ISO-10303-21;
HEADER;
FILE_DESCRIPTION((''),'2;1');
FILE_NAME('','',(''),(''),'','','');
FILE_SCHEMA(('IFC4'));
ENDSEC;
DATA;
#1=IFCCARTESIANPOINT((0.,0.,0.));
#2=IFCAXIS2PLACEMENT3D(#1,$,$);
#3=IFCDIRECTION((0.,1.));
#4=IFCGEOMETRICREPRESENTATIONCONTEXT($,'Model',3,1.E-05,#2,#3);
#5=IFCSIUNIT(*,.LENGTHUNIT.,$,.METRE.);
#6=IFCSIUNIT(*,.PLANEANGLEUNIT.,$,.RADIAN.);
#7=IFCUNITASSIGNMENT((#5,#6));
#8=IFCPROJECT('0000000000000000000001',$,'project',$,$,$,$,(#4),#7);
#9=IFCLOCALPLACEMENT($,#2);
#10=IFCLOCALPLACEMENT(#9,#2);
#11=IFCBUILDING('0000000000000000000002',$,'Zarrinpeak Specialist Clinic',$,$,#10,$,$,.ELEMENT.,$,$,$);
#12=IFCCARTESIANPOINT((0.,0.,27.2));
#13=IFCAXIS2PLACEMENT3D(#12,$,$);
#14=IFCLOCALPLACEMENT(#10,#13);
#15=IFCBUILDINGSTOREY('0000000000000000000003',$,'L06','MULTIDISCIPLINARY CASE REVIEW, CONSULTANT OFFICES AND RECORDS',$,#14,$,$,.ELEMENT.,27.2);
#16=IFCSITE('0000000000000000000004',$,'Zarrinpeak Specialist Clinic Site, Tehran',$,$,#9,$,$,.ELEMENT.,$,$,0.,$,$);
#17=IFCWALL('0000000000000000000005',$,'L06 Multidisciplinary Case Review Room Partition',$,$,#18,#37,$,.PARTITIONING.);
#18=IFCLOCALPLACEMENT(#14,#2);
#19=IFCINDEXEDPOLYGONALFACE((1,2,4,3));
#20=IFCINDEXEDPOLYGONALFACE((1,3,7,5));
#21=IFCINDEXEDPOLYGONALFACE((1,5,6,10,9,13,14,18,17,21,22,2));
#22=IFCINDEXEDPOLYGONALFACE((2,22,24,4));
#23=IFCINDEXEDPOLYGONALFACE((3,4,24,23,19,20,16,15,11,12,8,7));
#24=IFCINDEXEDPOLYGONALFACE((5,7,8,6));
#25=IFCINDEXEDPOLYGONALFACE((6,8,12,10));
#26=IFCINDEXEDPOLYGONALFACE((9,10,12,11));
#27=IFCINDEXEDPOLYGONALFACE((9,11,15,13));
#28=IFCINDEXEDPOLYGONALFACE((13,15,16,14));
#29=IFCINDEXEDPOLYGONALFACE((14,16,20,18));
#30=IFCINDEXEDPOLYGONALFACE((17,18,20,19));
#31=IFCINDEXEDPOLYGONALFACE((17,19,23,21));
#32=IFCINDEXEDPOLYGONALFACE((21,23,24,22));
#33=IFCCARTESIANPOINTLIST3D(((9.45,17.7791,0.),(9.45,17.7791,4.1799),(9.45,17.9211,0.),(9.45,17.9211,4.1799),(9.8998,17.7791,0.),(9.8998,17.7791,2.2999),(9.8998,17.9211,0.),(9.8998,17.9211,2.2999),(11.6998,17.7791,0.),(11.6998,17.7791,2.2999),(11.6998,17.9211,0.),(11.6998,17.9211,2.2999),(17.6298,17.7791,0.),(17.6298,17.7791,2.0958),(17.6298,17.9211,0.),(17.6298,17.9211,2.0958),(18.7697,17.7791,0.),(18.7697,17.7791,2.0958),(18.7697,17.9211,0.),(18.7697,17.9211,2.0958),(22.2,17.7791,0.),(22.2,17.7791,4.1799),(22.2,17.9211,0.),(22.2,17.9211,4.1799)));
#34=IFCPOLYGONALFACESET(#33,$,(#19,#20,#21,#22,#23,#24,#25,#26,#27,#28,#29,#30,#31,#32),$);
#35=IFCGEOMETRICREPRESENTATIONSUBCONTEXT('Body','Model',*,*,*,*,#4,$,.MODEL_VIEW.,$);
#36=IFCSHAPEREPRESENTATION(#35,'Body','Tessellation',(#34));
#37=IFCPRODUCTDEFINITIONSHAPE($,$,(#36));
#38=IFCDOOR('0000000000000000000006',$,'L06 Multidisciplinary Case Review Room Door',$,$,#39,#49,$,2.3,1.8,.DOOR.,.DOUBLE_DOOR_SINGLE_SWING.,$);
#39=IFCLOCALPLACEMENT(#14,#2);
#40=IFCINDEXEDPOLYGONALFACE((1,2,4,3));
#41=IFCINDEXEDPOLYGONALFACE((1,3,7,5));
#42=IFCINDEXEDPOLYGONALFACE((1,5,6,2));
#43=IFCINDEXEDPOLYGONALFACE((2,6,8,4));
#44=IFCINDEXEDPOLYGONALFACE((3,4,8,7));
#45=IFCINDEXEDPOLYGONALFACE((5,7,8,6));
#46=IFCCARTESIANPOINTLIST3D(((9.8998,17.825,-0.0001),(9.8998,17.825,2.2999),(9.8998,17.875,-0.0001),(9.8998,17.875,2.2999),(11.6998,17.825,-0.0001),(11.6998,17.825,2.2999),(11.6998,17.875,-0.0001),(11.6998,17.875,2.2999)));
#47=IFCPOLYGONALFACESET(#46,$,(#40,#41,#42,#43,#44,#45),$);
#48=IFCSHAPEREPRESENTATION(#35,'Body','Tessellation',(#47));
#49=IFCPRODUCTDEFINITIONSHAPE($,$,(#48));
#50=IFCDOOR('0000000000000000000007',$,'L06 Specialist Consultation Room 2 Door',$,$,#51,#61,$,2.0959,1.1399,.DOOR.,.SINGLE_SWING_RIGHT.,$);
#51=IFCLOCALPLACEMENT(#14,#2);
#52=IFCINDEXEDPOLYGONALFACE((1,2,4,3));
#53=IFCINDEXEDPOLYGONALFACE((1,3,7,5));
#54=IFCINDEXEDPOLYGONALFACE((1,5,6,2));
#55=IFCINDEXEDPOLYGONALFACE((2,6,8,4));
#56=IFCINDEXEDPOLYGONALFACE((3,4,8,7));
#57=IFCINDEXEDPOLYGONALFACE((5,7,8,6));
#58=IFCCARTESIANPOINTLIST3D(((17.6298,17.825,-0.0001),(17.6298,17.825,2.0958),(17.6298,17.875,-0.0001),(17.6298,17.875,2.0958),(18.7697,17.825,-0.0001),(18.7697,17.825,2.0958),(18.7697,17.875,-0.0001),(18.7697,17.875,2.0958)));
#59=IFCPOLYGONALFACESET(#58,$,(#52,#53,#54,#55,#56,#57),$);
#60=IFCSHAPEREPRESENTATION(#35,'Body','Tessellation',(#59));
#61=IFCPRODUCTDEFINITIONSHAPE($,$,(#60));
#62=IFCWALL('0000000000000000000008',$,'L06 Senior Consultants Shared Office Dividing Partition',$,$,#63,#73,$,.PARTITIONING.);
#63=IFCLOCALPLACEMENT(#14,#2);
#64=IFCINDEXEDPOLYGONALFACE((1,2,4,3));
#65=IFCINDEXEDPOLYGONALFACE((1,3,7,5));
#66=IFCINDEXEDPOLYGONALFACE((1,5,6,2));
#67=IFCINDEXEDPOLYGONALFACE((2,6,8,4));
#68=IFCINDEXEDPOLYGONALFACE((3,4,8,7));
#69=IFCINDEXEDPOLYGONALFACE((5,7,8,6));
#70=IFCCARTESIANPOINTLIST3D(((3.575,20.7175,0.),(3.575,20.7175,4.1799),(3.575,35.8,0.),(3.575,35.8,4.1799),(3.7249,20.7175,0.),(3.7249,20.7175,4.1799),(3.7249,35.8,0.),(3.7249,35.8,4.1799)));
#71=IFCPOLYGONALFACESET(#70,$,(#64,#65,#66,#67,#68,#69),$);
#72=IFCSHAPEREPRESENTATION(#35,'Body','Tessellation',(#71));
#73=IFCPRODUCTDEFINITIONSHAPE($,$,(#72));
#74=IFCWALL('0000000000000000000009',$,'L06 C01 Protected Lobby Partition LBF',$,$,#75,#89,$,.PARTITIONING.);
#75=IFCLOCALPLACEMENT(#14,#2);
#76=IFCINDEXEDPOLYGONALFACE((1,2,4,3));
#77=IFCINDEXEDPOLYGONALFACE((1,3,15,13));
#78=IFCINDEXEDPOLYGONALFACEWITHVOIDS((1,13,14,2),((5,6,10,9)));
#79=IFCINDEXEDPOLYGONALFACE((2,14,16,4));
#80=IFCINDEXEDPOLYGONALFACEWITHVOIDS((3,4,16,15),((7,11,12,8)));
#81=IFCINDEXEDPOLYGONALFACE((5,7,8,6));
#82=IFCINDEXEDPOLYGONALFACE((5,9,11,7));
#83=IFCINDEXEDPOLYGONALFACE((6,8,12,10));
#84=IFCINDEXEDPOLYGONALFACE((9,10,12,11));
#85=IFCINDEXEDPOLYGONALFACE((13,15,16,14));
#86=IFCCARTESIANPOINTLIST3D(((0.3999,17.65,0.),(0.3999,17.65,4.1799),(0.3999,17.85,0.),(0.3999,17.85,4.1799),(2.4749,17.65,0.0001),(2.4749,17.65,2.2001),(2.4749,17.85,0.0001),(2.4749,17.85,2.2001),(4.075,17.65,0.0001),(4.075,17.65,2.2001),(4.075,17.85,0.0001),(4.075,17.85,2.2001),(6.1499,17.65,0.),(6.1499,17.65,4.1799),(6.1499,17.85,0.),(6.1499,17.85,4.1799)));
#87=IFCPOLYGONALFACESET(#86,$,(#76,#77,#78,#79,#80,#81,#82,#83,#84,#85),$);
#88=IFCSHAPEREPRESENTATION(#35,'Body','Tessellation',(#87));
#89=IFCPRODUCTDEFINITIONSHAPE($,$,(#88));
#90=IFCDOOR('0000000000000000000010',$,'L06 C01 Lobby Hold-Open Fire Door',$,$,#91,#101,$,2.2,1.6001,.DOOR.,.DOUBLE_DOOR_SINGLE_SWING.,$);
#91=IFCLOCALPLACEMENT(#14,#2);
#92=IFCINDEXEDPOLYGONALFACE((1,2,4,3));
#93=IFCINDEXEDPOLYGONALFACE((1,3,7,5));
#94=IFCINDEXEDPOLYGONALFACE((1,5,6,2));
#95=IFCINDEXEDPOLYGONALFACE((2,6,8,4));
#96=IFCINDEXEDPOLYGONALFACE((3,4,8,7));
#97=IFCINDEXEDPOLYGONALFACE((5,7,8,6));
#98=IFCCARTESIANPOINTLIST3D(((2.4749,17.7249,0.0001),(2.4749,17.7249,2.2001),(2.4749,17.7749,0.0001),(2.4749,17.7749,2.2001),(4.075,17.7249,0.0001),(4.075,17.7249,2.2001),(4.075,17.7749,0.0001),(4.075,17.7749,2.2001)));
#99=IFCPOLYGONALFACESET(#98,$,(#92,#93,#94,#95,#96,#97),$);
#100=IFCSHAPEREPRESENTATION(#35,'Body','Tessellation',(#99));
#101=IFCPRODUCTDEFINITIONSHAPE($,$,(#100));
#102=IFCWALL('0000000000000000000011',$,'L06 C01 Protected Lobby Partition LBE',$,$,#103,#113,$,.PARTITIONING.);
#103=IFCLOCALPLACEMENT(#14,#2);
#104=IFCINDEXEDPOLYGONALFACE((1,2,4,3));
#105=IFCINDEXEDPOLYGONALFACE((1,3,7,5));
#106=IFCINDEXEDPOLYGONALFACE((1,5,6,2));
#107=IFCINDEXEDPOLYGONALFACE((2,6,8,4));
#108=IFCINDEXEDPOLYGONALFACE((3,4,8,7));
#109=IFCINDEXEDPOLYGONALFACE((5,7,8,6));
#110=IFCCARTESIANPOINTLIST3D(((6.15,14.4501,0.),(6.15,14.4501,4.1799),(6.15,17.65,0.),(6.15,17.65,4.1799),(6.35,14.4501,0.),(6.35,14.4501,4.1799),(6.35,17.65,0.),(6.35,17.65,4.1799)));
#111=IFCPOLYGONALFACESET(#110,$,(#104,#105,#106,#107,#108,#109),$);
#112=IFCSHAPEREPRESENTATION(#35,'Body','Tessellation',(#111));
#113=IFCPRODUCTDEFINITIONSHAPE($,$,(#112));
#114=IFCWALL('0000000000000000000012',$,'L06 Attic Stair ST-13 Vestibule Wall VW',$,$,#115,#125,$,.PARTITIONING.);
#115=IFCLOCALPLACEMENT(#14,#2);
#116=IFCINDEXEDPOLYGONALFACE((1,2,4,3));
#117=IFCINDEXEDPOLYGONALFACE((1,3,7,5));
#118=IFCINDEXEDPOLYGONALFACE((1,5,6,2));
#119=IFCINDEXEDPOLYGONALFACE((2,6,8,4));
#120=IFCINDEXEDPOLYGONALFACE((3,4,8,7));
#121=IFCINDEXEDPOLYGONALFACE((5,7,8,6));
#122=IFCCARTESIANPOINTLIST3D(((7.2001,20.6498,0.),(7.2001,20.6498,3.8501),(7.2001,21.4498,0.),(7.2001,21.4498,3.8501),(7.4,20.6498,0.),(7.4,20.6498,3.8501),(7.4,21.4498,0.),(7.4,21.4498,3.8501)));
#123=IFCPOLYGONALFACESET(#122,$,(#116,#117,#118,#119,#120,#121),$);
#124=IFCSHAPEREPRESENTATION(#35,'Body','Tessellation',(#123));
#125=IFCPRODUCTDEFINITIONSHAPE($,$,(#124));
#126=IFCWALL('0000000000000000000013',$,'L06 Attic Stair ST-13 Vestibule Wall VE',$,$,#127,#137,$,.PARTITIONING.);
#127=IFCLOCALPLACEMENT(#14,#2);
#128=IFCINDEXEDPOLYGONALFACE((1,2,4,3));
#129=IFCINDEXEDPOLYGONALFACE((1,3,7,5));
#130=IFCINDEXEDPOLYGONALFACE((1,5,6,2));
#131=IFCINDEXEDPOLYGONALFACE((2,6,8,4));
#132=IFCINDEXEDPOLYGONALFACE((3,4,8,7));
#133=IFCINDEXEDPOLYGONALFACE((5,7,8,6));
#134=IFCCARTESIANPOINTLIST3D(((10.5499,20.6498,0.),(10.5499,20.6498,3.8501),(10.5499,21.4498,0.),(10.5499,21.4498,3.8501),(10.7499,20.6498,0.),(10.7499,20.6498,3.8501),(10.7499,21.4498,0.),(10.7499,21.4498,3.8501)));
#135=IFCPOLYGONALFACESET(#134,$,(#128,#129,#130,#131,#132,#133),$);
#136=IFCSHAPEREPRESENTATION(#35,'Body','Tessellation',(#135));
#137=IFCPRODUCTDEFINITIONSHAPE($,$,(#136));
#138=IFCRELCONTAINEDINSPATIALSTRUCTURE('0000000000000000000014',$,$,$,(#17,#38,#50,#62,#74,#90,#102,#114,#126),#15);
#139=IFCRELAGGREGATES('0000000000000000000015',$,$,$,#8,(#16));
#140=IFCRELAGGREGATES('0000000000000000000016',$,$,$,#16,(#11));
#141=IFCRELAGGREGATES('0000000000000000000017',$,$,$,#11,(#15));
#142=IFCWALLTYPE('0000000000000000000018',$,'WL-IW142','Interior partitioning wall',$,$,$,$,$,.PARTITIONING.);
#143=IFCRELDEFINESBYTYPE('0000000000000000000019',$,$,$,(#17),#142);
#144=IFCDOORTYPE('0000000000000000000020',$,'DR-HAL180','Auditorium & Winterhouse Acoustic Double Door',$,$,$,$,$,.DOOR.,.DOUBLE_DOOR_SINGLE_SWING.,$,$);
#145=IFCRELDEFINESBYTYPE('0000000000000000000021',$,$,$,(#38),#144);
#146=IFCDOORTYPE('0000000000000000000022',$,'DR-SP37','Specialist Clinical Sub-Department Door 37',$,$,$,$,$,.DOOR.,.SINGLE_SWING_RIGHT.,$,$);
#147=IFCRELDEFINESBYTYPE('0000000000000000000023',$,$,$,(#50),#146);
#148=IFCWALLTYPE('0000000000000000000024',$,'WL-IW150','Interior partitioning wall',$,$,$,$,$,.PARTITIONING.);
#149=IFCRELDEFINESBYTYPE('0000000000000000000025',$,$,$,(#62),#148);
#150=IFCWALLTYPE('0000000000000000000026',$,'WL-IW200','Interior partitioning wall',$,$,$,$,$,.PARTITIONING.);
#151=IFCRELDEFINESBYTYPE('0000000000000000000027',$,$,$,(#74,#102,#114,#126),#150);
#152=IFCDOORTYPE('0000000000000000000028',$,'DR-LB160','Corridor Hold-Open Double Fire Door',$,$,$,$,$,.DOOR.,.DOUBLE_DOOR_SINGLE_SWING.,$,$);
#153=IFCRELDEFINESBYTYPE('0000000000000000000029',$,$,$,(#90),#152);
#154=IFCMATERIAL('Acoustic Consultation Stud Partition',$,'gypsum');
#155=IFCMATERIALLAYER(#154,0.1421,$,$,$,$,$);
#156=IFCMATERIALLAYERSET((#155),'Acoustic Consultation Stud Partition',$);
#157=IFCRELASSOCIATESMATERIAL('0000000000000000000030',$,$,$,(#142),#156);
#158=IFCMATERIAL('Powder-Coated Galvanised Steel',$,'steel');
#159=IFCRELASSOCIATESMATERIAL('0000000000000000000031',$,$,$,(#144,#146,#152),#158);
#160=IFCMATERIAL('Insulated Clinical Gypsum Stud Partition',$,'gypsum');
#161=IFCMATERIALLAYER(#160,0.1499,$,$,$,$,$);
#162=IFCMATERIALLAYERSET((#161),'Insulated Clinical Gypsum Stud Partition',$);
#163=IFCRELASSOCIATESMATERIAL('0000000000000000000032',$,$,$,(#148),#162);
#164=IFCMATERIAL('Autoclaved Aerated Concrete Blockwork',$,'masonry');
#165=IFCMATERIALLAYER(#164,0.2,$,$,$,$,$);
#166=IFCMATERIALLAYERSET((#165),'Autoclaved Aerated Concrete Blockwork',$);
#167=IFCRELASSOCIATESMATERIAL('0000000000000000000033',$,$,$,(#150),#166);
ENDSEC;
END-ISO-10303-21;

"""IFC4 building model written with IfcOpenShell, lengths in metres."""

from ifc_helpers import new_model, si_unit, direction, frame, frame_2d, origin, place, context, subcontext, project, spatial, rectangle, extrude, material, layer, layer_set, type_object, element, fill, save


model = new_model("IFC4")

# Units and contexts
model_context = context("Model", 3, precision=1e-05, world=origin(), true_north=direction((0.0, 1.0)))
body_context = subcontext(model_context, "Body", "Model", "MODEL_VIEW")
ifc_project = project(units=[si_unit("LENGTHUNIT", "METRE"), si_unit("PLANEANGLEUNIT", "RADIAN")], contexts=[model_context])

# Site, building, storey
site_placement = place(None, origin())
site = spatial("IfcSite", under=ifc_project, at=site_placement, Name="Zarrinpeak Specialist Clinic Site, Tehran", CompositionType="ELEMENT", RefElevation=0.0)
building_placement = place(site_placement, origin())
building = spatial("IfcBuilding", under=site, at=building_placement, Name="Zarrinpeak Specialist Clinic", CompositionType="ELEMENT")
storey_placement = place(building_placement, frame((0.0, 0.0, 27.2)))
storey = spatial("IfcBuildingStorey", under=building, at=storey_placement, Name="L06", Description="MULTIDISCIPLINARY CASE REVIEW, CONSULTANT OFFICES AND RECORDS", CompositionType="ELEMENT", Elevation=27.2)

# Shared definitions
ifc_material_1 = material(Name="Powder-Coated Galvanised Steel", Category="steel")

# Wall, openings, doors
ifc_material_2 = material(Name="Acoustic Consultation Stud Partition", Category="gypsum")
ifc_layer_1 = layer(ifc_material_2, 0.1421)
ifc_layer_set_1 = layer_set([ifc_layer_1], Name="Acoustic Consultation Stud Partition")
wall_type_1 = type_object("IfcWallType", Name="WL-IW142", Description="Interior partitioning wall", PredefinedType="PARTITIONING", material=ifc_layer_set_1)
wall_1_placement = place(storey_placement, frame((9.45, 17.8501, 0.0), z_axis=(0.0, 0.0, 1.0), x_axis=(1.0, 0.0, 0.0)))
wall_1 = element("IfcWall", 1, at=wall_1_placement, inside=storey, type_object=wall_type_1, Name="L06 Multidisciplinary Case Review Room Partition", PredefinedType="PARTITIONING", context=body_context, shape_type="SweptSolid", body=[
    extrude(rectangle(XDim=12.75, YDim=0.1421, at=frame_2d((6.375, 0.0))), origin(), (0.0, 0.0, 1.0), 4.1799),
])
opening_1_placement = place(wall_1_placement, frame((0.45, 0.0, 0.0)))
opening_1 = element("IfcOpeningElement", 2, at=opening_1_placement, cuts=wall_1, PredefinedType="OPENING", context=body_context, shape_type="SweptSolid", body=[
    extrude(rectangle(XDim=1.8, YDim=2.3, at=frame_2d((0.8999, 1.1499))), frame((0.0, 0.0811, 0.0), z_axis=(0.0, -1.0, 0.0), x_axis=(1.0, 0.0, 0.0)), (0.0, 0.0, 1.0), 0.1621),
])
opening_2_placement = place(wall_1_placement, frame((8.1799, 0.0, 0.0)))
opening_2 = element("IfcOpeningElement", 3, at=opening_2_placement, cuts=wall_1, PredefinedType="OPENING", context=body_context, shape_type="SweptSolid", body=[
    extrude(rectangle(XDim=1.1399, YDim=2.0959, at=frame_2d((0.5698, 1.0479))), frame((0.0, 0.0811, 0.0), z_axis=(0.0, -1.0, 0.0), x_axis=(1.0, 0.0, 0.0)), (0.0, 0.0, 1.0), 0.1621),
])
door_type_1 = type_object("IfcDoorType", Name="DR-HAL180", Description="Auditorium & Winterhouse Acoustic Double Door", OperationType="DOUBLE_DOOR_SINGLE_SWING", PredefinedType="DOOR", material=ifc_material_1)
door_1_placement = place(opening_1_placement, origin())
door_1 = element("IfcDoor", 4, at=door_1_placement, inside=storey, type_object=door_type_1, Name="L06 Multidisciplinary Case Review Room Door", OperationType="DOUBLE_DOOR_SINGLE_SWING", OverallHeight=2.3, OverallWidth=1.8, PredefinedType="DOOR", context=body_context, shape_type="SweptSolid", body=[
    extrude(rectangle(XDim=1.8, YDim=2.3, at=frame_2d((0.8999, 1.1499))), frame((0.0, 0.0249, 0.0), z_axis=(0.0, -1.0, 0.0), x_axis=(1.0, 0.0, 0.0)), (0.0, 0.0, 1.0), 0.05),
])
fill(opening_1, door_1)
door_type_2 = type_object("IfcDoorType", Name="DR-SP37", Description="Specialist Clinical Sub-Department Door 37", OperationType="SINGLE_SWING_RIGHT", PredefinedType="DOOR", material=ifc_material_1)
door_2_placement = place(opening_2_placement, origin())
door_2 = element("IfcDoor", 5, at=door_2_placement, inside=storey, type_object=door_type_2, Name="L06 Specialist Consultation Room 2 Door", OperationType="SINGLE_SWING_RIGHT", OverallHeight=2.0959, OverallWidth=1.1399, PredefinedType="DOOR", context=body_context, shape_type="SweptSolid", body=[
    extrude(rectangle(XDim=1.1399, YDim=2.0959, at=frame_2d((0.5698, 1.0479))), frame((0.0, 0.0249, 0.0), z_axis=(0.0, -1.0, 0.0), x_axis=(1.0, 0.0, 0.0)), (0.0, 0.0, 1.0), 0.05),
])
fill(opening_2, door_2)

# Wall
ifc_material_3 = material(Name="Insulated Clinical Gypsum Stud Partition", Category="gypsum")
ifc_layer_2 = layer(ifc_material_3, 0.1499)
ifc_layer_set_2 = layer_set([ifc_layer_2], Name="Insulated Clinical Gypsum Stud Partition")
wall_type_2 = type_object("IfcWallType", Name="WL-IW150", Description="Interior partitioning wall", PredefinedType="PARTITIONING", material=ifc_layer_set_2)
wall_2_placement = place(storey_placement, frame((3.6499, 20.7175, 0.0), z_axis=(0.0, 0.0, 1.0), x_axis=(0.0, 1.0, 0.0)))
element("IfcWall", 6, at=wall_2_placement, inside=storey, type_object=wall_type_2, Name="L06 Senior Consultants Shared Office Dividing Partition", PredefinedType="PARTITIONING", context=body_context, shape_type="SweptSolid", body=[
    extrude(rectangle(XDim=15.0825, YDim=0.1499, at=frame_2d((7.5413, 0.0))), origin(), (0.0, 0.0, 1.0), 4.1799),
])

# Wall, opening, door
ifc_material_4 = material(Name="Autoclaved Aerated Concrete Blockwork", Category="masonry")
ifc_layer_3 = layer(ifc_material_4, 0.2)
ifc_layer_set_3 = layer_set([ifc_layer_3], Name="Autoclaved Aerated Concrete Blockwork")
wall_type_3 = type_object("IfcWallType", Name="WL-IW200", Description="Interior partitioning wall", PredefinedType="PARTITIONING", material=ifc_layer_set_3)
wall_3_placement = place(storey_placement, frame((0.3999, 17.75, 0.0), z_axis=(0.0, 0.0, 1.0), x_axis=(1.0, 0.0, 0.0)))
wall_3 = element("IfcWall", 7, at=wall_3_placement, inside=storey, type_object=wall_type_3, Name="L06 C01 Protected Lobby Partition LBF", PredefinedType="PARTITIONING", context=body_context, shape_type="SweptSolid", body=[
    extrude(rectangle(XDim=5.75, YDim=0.2, at=frame_2d((2.875, 0.0))), origin(), (0.0, 0.0, 1.0), 4.1799),
])
opening_3_placement = place(wall_3_placement, frame((2.075, 0.0, 0.0)))
opening_3 = element("IfcOpeningElement", 8, at=opening_3_placement, cuts=wall_3, PredefinedType="OPENING", context=body_context, shape_type="SweptSolid", body=[
    extrude(rectangle(XDim=1.6001, YDim=2.2, at=frame_2d((0.8, 1.1001))), frame((0.0, 0.1099, 0.0), z_axis=(0.0, -1.0, 0.0), x_axis=(1.0, 0.0, 0.0)), (0.0, 0.0, 1.0), 0.22),
])
door_type_3 = type_object("IfcDoorType", Name="DR-LB160", Description="Corridor Hold-Open Double Fire Door", OperationType="DOUBLE_DOOR_SINGLE_SWING", PredefinedType="DOOR", material=ifc_material_1)
door_3_placement = place(opening_3_placement, origin())
door_3 = element("IfcDoor", 9, at=door_3_placement, inside=storey, type_object=door_type_3, Name="L06 C01 Lobby Hold-Open Fire Door", OperationType="DOUBLE_DOOR_SINGLE_SWING", OverallHeight=2.2, OverallWidth=1.6001, PredefinedType="DOOR", context=body_context, shape_type="SweptSolid", body=[
    extrude(rectangle(XDim=1.6001, YDim=2.2, at=frame_2d((0.8, 1.1001))), frame((0.0, 0.0249, 0.0), z_axis=(0.0, -1.0, 0.0), x_axis=(1.0, 0.0, 0.0)), (0.0, 0.0, 1.0), 0.05),
])
fill(opening_3, door_3)

# Walls
wall_4_placement = place(storey_placement, frame((6.25, 14.45, 0.0), z_axis=(0.0, 0.0, 1.0), x_axis=(0.0, 1.0, 0.0)))
element("IfcWall", 10, at=wall_4_placement, inside=storey, type_object=wall_type_3, Name="L06 C01 Protected Lobby Partition LBE", PredefinedType="PARTITIONING", context=body_context, shape_type="SweptSolid", body=[
    extrude(rectangle(XDim=3.2, YDim=0.2, at=frame_2d((1.6001, 0.0))), origin(), (0.0, 0.0, 1.0), 4.1799),
])
for number, where, z_axis, x_axis, name in (
    (11, (7.3, 20.6499, 0.0), (0.0, 0.0, 1.0), (0.0, 1.0, 0.0), "L06 Attic Stair ST-13 Vestibule Wall VW"),
    (12, (10.6499, 20.6499, 0.0), (0.0, 0.0, 1.0), (0.0, 1.0, 0.0), "L06 Attic Stair ST-13 Vestibule Wall VE"),
):
    element("IfcWall", number, at=place(storey_placement, frame(where, z_axis=z_axis, x_axis=x_axis)), inside=storey, type_object=wall_type_3, Name=name, PredefinedType="PARTITIONING", context=body_context, shape_type="SweptSolid", body=[
        extrude(rectangle(XDim=0.8, YDim=0.2, at=frame_2d((0.3999, 0.0))), origin(), (0.0, 0.0, 1.0), 3.8501),
    ])

save(model, "model.ifc")
